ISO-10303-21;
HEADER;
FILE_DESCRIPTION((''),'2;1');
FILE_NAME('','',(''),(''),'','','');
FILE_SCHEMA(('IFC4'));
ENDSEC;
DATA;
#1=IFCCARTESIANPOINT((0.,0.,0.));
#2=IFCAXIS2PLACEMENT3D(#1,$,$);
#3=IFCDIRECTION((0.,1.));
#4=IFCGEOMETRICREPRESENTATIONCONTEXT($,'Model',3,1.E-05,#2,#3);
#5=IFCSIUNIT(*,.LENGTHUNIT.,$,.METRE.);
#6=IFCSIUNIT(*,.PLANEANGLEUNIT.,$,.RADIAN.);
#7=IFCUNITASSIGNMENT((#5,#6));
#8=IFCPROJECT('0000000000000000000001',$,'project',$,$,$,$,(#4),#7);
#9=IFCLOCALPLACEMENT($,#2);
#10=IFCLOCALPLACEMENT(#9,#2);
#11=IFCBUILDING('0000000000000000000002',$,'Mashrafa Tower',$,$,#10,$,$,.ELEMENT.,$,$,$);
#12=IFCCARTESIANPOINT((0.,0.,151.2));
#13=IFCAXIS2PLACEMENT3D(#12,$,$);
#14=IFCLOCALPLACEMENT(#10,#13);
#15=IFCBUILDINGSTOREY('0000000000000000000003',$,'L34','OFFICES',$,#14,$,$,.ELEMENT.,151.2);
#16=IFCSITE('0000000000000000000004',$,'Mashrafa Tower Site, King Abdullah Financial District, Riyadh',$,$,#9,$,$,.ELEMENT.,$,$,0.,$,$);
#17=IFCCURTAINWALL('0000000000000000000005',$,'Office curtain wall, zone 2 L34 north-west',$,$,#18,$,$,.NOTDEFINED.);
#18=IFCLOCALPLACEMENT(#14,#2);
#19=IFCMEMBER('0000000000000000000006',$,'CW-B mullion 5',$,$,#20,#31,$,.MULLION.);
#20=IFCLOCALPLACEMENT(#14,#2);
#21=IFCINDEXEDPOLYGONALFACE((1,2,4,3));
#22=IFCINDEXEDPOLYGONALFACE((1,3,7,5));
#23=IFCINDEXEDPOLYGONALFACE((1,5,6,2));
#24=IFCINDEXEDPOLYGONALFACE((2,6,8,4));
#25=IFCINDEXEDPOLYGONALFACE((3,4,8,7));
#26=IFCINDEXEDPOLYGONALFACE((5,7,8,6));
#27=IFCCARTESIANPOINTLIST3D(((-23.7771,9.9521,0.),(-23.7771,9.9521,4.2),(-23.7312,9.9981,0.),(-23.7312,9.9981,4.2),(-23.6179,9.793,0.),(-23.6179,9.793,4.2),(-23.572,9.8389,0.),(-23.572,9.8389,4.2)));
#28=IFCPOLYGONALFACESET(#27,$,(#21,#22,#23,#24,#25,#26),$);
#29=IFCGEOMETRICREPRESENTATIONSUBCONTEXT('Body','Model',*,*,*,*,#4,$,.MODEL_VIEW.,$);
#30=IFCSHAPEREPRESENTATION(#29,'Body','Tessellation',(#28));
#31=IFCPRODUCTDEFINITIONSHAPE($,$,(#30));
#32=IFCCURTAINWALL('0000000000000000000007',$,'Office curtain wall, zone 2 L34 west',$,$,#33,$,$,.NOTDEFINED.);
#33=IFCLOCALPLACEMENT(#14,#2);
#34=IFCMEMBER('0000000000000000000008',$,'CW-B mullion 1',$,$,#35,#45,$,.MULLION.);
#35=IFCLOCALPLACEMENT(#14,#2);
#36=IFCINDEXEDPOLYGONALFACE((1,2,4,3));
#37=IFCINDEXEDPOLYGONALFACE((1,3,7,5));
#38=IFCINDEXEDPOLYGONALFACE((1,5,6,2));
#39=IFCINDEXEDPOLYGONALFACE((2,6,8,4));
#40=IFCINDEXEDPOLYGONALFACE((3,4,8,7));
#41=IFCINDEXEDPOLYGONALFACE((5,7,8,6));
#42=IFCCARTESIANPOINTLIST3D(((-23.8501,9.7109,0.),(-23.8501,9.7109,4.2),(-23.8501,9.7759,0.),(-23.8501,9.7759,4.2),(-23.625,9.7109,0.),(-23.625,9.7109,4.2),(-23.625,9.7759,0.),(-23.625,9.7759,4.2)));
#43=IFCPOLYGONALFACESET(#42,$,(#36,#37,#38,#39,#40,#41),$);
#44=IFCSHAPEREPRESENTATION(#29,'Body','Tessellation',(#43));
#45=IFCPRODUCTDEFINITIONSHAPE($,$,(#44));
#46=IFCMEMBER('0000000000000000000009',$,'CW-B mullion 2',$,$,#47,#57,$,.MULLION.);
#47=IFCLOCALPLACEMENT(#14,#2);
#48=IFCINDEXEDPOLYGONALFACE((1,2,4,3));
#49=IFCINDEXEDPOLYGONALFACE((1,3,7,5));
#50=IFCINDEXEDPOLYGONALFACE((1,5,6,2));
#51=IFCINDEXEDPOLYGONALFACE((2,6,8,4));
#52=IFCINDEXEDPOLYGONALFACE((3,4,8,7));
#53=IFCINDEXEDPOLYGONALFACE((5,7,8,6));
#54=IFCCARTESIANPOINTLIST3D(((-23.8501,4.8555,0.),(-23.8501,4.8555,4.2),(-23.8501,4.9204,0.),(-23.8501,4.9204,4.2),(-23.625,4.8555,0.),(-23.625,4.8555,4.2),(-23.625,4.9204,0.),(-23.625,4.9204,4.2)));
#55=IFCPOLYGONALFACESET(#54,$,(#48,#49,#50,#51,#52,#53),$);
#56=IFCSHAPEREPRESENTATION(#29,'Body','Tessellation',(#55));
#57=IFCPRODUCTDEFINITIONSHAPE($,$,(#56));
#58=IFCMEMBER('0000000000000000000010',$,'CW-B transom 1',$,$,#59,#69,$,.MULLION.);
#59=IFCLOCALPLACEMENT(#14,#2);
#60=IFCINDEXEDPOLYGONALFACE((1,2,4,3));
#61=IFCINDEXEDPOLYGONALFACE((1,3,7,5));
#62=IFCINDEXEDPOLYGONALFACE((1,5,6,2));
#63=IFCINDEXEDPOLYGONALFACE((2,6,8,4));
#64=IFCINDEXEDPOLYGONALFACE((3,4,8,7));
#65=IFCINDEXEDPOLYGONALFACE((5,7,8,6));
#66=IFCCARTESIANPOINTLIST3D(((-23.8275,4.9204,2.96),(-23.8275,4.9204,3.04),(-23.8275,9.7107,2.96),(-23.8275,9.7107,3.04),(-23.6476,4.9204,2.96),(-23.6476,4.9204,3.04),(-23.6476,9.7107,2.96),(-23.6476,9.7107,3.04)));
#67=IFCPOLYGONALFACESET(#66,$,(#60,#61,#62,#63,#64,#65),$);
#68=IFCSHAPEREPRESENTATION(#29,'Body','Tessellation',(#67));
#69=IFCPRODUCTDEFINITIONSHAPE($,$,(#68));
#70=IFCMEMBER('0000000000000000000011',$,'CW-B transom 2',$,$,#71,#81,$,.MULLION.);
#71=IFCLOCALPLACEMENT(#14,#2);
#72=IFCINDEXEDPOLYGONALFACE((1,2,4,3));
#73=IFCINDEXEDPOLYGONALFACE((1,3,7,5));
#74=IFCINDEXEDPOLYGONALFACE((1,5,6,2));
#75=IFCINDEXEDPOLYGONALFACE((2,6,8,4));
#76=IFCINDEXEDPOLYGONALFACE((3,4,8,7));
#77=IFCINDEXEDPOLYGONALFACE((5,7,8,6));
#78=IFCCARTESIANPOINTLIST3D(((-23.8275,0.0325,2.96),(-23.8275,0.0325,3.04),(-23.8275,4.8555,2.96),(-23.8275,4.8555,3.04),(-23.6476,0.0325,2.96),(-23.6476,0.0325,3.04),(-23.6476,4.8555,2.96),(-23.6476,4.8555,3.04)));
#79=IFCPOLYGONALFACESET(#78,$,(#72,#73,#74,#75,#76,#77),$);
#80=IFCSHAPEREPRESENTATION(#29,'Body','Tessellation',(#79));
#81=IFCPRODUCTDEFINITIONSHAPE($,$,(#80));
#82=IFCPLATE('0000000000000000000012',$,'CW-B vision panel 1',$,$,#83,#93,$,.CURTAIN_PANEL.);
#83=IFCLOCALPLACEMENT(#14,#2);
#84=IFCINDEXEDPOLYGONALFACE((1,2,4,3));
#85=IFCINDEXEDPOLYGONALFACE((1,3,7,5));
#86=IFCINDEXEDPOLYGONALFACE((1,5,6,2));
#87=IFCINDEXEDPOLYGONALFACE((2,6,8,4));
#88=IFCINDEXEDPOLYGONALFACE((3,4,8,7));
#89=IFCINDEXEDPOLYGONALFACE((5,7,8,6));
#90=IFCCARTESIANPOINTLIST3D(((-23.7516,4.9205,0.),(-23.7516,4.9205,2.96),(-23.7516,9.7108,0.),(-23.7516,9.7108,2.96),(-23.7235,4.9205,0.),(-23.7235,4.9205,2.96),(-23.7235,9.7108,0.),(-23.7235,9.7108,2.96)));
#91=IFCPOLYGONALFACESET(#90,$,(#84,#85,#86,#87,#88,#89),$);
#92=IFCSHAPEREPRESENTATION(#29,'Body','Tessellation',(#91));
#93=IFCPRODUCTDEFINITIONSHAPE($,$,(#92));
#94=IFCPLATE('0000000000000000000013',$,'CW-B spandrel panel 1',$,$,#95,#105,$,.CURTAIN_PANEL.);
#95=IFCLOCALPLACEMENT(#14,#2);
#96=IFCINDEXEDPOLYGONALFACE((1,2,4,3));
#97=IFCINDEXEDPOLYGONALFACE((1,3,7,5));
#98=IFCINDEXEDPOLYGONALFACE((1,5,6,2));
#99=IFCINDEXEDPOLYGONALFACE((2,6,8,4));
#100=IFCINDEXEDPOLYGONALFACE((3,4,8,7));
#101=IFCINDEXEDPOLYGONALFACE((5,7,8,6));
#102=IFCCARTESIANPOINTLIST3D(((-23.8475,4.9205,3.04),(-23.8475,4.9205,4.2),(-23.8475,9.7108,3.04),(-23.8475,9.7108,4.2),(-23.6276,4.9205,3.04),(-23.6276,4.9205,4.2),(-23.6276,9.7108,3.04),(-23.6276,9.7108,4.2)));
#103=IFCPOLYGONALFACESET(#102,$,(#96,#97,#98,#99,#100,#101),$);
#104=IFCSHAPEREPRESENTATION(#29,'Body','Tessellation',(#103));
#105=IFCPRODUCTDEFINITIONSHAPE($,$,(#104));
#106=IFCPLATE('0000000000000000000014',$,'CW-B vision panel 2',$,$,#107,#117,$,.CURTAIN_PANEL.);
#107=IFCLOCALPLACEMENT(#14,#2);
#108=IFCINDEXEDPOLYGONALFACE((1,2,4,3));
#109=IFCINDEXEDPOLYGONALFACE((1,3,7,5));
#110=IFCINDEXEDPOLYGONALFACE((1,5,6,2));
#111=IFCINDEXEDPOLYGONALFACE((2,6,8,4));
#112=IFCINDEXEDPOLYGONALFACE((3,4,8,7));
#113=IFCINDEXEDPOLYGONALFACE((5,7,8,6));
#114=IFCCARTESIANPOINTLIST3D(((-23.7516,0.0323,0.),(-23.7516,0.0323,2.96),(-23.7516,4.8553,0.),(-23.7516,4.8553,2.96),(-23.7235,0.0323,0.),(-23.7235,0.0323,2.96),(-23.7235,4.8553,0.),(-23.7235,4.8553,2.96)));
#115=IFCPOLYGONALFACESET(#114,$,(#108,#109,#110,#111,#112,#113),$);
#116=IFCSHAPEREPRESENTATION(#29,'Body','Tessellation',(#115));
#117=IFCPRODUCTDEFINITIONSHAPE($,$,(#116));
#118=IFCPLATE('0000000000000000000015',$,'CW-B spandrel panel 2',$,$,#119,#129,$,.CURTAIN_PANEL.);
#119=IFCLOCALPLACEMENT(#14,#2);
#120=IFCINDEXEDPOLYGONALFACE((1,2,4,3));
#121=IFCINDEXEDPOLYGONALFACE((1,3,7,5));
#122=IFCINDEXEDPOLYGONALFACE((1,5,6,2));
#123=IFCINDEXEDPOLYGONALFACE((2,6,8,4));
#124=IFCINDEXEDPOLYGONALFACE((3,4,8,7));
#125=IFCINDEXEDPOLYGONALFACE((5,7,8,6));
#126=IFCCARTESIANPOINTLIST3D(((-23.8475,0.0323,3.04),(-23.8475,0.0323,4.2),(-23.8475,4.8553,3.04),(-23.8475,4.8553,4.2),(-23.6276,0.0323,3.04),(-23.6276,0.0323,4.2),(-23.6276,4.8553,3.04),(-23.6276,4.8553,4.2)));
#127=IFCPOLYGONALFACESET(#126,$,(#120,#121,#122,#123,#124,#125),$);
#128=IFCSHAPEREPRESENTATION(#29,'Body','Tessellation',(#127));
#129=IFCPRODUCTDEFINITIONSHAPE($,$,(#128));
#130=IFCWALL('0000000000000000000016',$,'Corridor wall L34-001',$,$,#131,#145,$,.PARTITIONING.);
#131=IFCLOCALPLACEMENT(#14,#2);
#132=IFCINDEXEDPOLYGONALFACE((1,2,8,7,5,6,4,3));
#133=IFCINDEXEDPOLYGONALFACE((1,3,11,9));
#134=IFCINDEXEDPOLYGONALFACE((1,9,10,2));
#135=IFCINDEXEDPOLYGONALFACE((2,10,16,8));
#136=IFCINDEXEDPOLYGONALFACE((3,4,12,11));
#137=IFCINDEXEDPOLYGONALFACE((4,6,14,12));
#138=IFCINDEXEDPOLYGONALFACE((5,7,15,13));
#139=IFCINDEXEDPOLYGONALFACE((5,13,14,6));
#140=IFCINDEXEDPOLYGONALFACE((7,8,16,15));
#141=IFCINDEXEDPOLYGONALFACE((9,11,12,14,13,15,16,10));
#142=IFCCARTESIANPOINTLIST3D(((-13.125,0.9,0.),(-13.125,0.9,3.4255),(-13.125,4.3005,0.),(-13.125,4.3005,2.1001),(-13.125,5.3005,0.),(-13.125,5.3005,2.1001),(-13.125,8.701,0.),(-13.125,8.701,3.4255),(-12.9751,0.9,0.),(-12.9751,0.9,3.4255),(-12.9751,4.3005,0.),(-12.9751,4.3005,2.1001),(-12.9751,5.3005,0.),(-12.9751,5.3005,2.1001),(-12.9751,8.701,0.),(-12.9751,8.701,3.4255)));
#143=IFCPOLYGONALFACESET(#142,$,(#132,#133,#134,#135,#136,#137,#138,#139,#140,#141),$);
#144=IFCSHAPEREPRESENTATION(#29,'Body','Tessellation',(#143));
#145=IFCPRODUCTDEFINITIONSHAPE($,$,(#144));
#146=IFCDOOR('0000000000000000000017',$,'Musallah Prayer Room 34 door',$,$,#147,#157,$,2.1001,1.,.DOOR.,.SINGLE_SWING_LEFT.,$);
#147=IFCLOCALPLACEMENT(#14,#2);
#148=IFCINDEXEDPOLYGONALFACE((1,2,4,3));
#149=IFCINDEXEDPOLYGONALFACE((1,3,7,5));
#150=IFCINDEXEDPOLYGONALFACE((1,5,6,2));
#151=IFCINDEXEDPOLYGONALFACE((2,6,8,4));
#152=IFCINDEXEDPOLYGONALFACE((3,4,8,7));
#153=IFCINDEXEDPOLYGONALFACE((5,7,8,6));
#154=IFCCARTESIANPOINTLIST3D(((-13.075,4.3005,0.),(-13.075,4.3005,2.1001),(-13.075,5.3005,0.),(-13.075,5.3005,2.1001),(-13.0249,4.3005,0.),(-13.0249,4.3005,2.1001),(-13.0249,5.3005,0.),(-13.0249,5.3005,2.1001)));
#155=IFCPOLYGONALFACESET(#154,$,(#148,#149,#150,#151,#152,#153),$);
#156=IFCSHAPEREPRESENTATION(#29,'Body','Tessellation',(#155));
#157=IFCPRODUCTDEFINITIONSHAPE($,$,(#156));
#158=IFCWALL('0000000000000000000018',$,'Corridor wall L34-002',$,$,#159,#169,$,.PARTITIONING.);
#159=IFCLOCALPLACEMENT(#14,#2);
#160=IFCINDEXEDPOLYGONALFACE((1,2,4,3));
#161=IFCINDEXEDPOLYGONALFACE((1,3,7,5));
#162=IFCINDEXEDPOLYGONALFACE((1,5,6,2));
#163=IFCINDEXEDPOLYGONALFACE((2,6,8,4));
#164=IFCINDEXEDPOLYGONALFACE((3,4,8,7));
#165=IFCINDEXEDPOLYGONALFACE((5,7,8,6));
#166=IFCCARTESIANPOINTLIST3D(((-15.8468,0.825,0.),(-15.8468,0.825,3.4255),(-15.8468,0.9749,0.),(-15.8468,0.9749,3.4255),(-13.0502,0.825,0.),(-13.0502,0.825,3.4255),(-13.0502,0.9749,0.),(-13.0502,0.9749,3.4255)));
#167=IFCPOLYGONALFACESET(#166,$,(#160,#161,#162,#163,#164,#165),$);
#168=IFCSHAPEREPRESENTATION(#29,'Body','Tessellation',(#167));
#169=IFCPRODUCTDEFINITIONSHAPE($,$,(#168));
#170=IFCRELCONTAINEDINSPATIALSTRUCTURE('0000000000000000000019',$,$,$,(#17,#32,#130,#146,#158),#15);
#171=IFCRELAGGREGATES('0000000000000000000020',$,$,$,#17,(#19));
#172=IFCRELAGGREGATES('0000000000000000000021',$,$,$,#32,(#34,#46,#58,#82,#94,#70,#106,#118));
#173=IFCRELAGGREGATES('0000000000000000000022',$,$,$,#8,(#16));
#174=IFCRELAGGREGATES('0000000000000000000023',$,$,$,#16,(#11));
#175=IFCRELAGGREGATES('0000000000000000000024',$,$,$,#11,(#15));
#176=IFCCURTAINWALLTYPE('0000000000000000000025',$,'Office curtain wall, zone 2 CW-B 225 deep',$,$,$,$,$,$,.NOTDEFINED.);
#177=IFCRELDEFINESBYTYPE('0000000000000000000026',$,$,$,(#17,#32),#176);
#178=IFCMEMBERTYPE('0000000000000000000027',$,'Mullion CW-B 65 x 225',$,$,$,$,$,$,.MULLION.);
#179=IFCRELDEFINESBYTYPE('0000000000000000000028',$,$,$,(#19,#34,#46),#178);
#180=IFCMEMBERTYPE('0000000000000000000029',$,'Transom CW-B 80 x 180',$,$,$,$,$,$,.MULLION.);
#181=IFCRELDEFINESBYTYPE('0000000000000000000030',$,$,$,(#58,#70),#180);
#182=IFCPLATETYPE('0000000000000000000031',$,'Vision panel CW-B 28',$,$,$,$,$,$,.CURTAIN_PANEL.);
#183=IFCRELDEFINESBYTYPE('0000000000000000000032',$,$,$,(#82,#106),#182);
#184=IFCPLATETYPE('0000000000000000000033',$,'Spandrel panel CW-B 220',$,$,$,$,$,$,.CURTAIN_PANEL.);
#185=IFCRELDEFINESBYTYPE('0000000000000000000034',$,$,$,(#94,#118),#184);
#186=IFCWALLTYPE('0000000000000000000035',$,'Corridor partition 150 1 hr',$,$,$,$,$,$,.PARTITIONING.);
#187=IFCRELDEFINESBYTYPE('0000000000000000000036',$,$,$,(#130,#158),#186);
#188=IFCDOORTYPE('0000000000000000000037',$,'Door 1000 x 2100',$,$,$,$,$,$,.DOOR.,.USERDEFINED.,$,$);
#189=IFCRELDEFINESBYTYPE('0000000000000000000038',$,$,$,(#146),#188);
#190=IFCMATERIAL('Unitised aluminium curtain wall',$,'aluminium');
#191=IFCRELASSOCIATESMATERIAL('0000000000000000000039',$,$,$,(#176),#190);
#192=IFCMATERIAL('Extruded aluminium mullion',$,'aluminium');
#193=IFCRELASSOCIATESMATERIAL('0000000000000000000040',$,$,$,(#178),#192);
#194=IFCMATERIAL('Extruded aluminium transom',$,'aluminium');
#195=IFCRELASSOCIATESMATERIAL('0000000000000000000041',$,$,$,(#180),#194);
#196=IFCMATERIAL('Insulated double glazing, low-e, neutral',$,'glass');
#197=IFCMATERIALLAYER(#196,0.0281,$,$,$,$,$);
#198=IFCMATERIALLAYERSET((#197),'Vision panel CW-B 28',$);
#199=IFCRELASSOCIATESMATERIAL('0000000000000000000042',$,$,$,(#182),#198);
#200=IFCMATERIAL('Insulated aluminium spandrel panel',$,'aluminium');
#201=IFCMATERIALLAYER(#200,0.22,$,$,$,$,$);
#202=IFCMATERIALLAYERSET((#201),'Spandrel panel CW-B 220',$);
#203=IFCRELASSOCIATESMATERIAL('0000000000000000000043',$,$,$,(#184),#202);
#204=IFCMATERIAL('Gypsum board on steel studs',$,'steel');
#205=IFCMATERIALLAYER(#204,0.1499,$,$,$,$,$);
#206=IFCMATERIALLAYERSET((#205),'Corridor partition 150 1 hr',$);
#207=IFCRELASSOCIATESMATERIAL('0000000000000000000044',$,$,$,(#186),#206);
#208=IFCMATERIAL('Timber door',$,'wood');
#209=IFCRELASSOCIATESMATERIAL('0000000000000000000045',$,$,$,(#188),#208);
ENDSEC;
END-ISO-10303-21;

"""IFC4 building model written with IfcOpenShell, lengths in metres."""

from ifc_helpers import new_model, si_unit, direction, frame, frame_2d, origin, origin_2d, place, context, subcontext, project, spatial, rectangle, extrude, source, transform, mapped, material, layer, layer_set, material_profile, profile_set, type_object, type_shapes, element, fill, aggregate, save


model = new_model("IFC4")

# Units and contexts
model_context = context("Model", 3, precision=1e-05, world=origin(), true_north=direction((0.0, 1.0)))
body_context = subcontext(model_context, "Body", "Model", "MODEL_VIEW")
ifc_project = project(units=[si_unit("LENGTHUNIT", "METRE"), si_unit("PLANEANGLEUNIT", "RADIAN")], contexts=[model_context])

# Site, building, storey
site_placement = place(None, origin())
site = spatial("IfcSite", under=ifc_project, at=site_placement, Name="Mashrafa Tower Site, King Abdullah Financial District, Riyadh", CompositionType="ELEMENT", RefElevation=0.0)
building_placement = place(site_placement, origin())
building = spatial("IfcBuilding", under=site, at=building_placement, Name="Mashrafa Tower", CompositionType="ELEMENT")
storey_placement = place(building_placement, frame((0.0, 0.0, 151.2)))
storey = spatial("IfcBuildingStorey", under=building, at=storey_placement, Name="L34", Description="OFFICES", CompositionType="ELEMENT", Elevation=151.2)

# Curtain wall, member
ifc_material_1 = material(Name="Unitised aluminium curtain wall", Category="aluminium")
curtain_wall_type = type_object("IfcCurtainWallType", Name="Office curtain wall, zone 2 CW-B 225 deep", PredefinedType="NOTDEFINED", material=ifc_material_1)
curtain_wall_1_placement = place(storey_placement, origin())
curtain_wall_1 = element("IfcCurtainWall", 1, at=curtain_wall_1_placement, inside=storey, type_object=curtain_wall_type, Name="Office curtain wall, zone 2 L34 north-west", PredefinedType="NOTDEFINED")
ifc_material_2 = material(Name="Extruded aluminium mullion", Category="aluminium")
ifc_material_profile_1 = material_profile(ifc_material_2, rectangle(XDim=0.2251, YDim=0.0649, at=origin_2d()), Name="Mullion 65x225")
ifc_profile_set_1 = profile_set([ifc_material_profile_1], Name="Extruded aluminium mullion")
member_type_1 = type_object("IfcMemberType", Name="Mullion CW-B 65 x 225", PredefinedType="MULLION", material=ifc_profile_set_1)
shared_shape_1 = source(origin(), body_context, "Body", "SweptSolid", [
    extrude(rectangle(XDim=0.2251, YDim=0.0649, at=origin_2d()), origin(), (0.0, 0.0, 1.0), 4.2),
])
type_shapes(member_type_1, [shared_shape_1])
member_1_placement = place(storey_placement, frame((-23.6746, 9.8955, 0.0), z_axis=(0.0, 0.0, 1.0), x_axis=(0.707107, -0.707107, 0.0)))
member_1 = element("IfcMember", 2, at=member_1_placement, type_object=member_type_1, Name="CW-B mullion 5", PredefinedType="MULLION", context=body_context, shape_type="MappedRepresentation", body=[
    mapped(shared_shape_1, transform((0.0, 0.0, 0.0))),
])
aggregate(curtain_wall_1, [member_1])

# Curtain wall, members, plates
curtain_wall_2_placement = place(storey_placement, origin())
curtain_wall_2 = element("IfcCurtainWall", 3, at=curtain_wall_2_placement, inside=storey, type_object=curtain_wall_type, Name="Office curtain wall, zone 2 L34 west", PredefinedType="NOTDEFINED")
member_2_placement = place(storey_placement, frame((-23.7375, 9.7434, 0.0), z_axis=(0.0, 0.0, 1.0), x_axis=(1.0, 0.0, 0.0)))
member_2 = element("IfcMember", 4, at=member_2_placement, type_object=member_type_1, Name="CW-B mullion 1", PredefinedType="MULLION", context=body_context, shape_type="MappedRepresentation", body=[
    mapped(shared_shape_1, transform((0.0, 0.0, 0.0))),
])
member_3_placement = place(storey_placement, frame((-23.7375, 4.8879, 0.0), z_axis=(0.0, 0.0, 1.0), x_axis=(1.0, 0.0, 0.0)))
member_3 = element("IfcMember", 5, at=member_3_placement, type_object=member_type_1, Name="CW-B mullion 2", PredefinedType="MULLION", context=body_context, shape_type="MappedRepresentation", body=[
    mapped(shared_shape_1, transform((0.0, 0.0, 0.0))),
])
ifc_material_3 = material(Name="Extruded aluminium transom", Category="aluminium")
ifc_material_profile_2 = material_profile(ifc_material_3, rectangle(XDim=0.1799, YDim=0.0801, at=origin_2d()), Name="Transom 80x180")
ifc_profile_set_2 = profile_set([ifc_material_profile_2], Name="Extruded aluminium transom")
member_type_2 = type_object("IfcMemberType", Name="Transom CW-B 80 x 180", PredefinedType="MULLION", material=ifc_profile_set_2)
shared_shape_2 = source(origin(), body_context, "Body", "SweptSolid", [
    extrude(rectangle(XDim=0.1799, YDim=0.0801, at=origin_2d()), origin(), (0.0, 0.0, 1.0), 4.7903),
])
member_4_placement = place(storey_placement, frame((-23.7375, 9.7107, 3.0), z_axis=(0.0, -1.0, 0.0), x_axis=(1.0, 0.0, 0.0)))
member_4 = element("IfcMember", 6, at=member_4_placement, type_object=member_type_2, Name="CW-B transom 1", PredefinedType="MULLION", context=body_context, shape_type="MappedRepresentation", body=[
    mapped(shared_shape_2, transform((0.0, 0.0, 0.0))),
])
shared_shape_3 = source(origin(), body_context, "Body", "SweptSolid", [
    extrude(rectangle(XDim=0.1799, YDim=0.0801, at=origin_2d()), origin(), (0.0, 0.0, 1.0), 4.823),
])
type_shapes(member_type_2, [shared_shape_2, shared_shape_3])
member_5_placement = place(storey_placement, frame((-23.7375, 4.8555, 3.0), z_axis=(0.0, -1.0, 0.0), x_axis=(1.0, 0.0, 0.0)))
member_5 = element("IfcMember", 7, at=member_5_placement, type_object=member_type_2, Name="CW-B transom 2", PredefinedType="MULLION", context=body_context, shape_type="MappedRepresentation", body=[
    mapped(shared_shape_3, transform((0.0, 0.0, 0.0))),
])
ifc_material_4 = material(Name="Insulated double glazing, low-e, neutral", Category="glass")
ifc_layer_1 = layer(ifc_material_4, 0.0281)
ifc_layer_set_1 = layer_set([ifc_layer_1], Name="Vision panel CW-B 28")
plate_type_1 = type_object("IfcPlateType", Name="Vision panel CW-B 28", PredefinedType="CURTAIN_PANEL", material=ifc_layer_set_1)
shared_shape_4 = source(origin(), body_context, "Body", "SweptSolid", [
    extrude(rectangle(XDim=4.7903, YDim=0.0281, at=origin_2d()), origin(), (0.0, 0.0, 1.0), 2.96),
])
plate_1_placement = place(storey_placement, frame((-23.7375, 7.3157, 0.0), z_axis=(0.0, 0.0, 1.0), x_axis=(0.0, -1.0, 0.0)))
plate_1 = element("IfcPlate", 8, at=plate_1_placement, type_object=plate_type_1, Name="CW-B vision panel 1", PredefinedType="CURTAIN_PANEL", context=body_context, shape_type="MappedRepresentation", body=[
    mapped(shared_shape_4, transform((0.0, 0.0, 0.0))),
])
ifc_material_5 = material(Name="Insulated aluminium spandrel panel", Category="aluminium")
ifc_layer_2 = layer(ifc_material_5, 0.22)
ifc_layer_set_2 = layer_set([ifc_layer_2], Name="Spandrel panel CW-B 220")
plate_type_2 = type_object("IfcPlateType", Name="Spandrel panel CW-B 220", PredefinedType="CURTAIN_PANEL", material=ifc_layer_set_2)
shared_shape_5 = source(origin(), body_context, "Body", "SweptSolid", [
    extrude(rectangle(XDim=4.7903, YDim=0.22, at=origin_2d()), origin(), (0.0, 0.0, 1.0), 1.1599),
])
plate_2_placement = place(storey_placement, frame((-23.7375, 7.3157, 3.04), z_axis=(0.0, 0.0, 1.0), x_axis=(0.0, -1.0, 0.0)))
plate_2 = element("IfcPlate", 9, at=plate_2_placement, type_object=plate_type_2, Name="CW-B spandrel panel 1", PredefinedType="CURTAIN_PANEL", context=body_context, shape_type="MappedRepresentation", body=[
    mapped(shared_shape_5, transform((0.0, 0.0, 0.0))),
])
shared_shape_6 = source(origin(), body_context, "Body", "SweptSolid", [
    extrude(rectangle(XDim=4.823, YDim=0.0281, at=origin_2d()), origin(), (0.0, 0.0, 1.0), 2.96),
])
type_shapes(plate_type_1, [shared_shape_4, shared_shape_6])
plate_3_placement = place(storey_placement, frame((-23.7375, 2.4438, 0.0), z_axis=(0.0, 0.0, 1.0), x_axis=(0.0, -1.0, 0.0)))
plate_3 = element("IfcPlate", 10, at=plate_3_placement, type_object=plate_type_1, Name="CW-B vision panel 2", PredefinedType="CURTAIN_PANEL", context=body_context, shape_type="MappedRepresentation", body=[
    mapped(shared_shape_6, transform((0.0, 0.0, 0.0))),
])
shared_shape_7 = source(origin(), body_context, "Body", "SweptSolid", [
    extrude(rectangle(XDim=4.823, YDim=0.22, at=origin_2d()), origin(), (0.0, 0.0, 1.0), 1.1599),
])
type_shapes(plate_type_2, [shared_shape_5, shared_shape_7])
plate_4_placement = place(storey_placement, frame((-23.7375, 2.4438, 3.04), z_axis=(0.0, 0.0, 1.0), x_axis=(0.0, -1.0, 0.0)))
plate_4 = element("IfcPlate", 11, at=plate_4_placement, type_object=plate_type_2, Name="CW-B spandrel panel 2", PredefinedType="CURTAIN_PANEL", context=body_context, shape_type="MappedRepresentation", body=[
    mapped(shared_shape_7, transform((0.0, 0.0, 0.0))),
])
aggregate(curtain_wall_2, [member_2, member_3, member_4, plate_1, plate_2, member_5, plate_3, plate_4])

# Wall, opening, door
ifc_material_6 = material(Name="Gypsum board on steel studs", Category="steel")
ifc_layer_3 = layer(ifc_material_6, 0.1499)
ifc_layer_set_3 = layer_set([ifc_layer_3], Name="Corridor partition 150 1 hr")
wall_type_1 = type_object("IfcWallType", Name="Corridor partition 150 1 hr", PredefinedType="PARTITIONING", material=ifc_layer_set_3)
wall_1_placement = place(storey_placement, frame((-13.05, 8.7009, 0.0), z_axis=(0.0, 0.0, 1.0), x_axis=(0.0, -1.0, 0.0)))
wall_1 = element("IfcWall", 12, at=wall_1_placement, inside=storey, type_object=wall_type_1, Name="Corridor wall L34-001", PredefinedType="PARTITIONING", context=body_context, shape_type="SweptSolid", body=[
    extrude(rectangle(XDim=7.801, YDim=0.1499, at=frame_2d((3.9004, 0.0))), origin(), (0.0, 0.0, 1.0), 3.4255),
])
opening_1_placement = place(wall_1_placement, frame((3.4004, 0.0, 0.0)))
opening_1 = element("IfcOpeningElement", 13, at=opening_1_placement, cuts=wall_1, PredefinedType="OPENING", context=body_context, shape_type="SweptSolid", body=[
    extrude(rectangle(XDim=1.0, YDim=2.1001, at=frame_2d((0.5, 1.05))), frame((0.0, 0.085, 0.0), z_axis=(0.0, -1.0, 0.0), x_axis=(1.0, 0.0, 0.0)), (0.0, 0.0, 1.0), 0.1699),
])
ifc_material_7 = material(Name="Timber door", Category="wood")
door_type_1 = type_object("IfcDoorType", Name="Door 1000 x 2100", OperationType="USERDEFINED", PredefinedType="DOOR", material=ifc_material_7)
door_1_placement = place(opening_1_placement, frame((1.0, 0.0, 0.0), z_axis=(0.0, 0.0, 1.0), x_axis=(-1.0, 0.0, 0.0)))
door_1 = element("IfcDoor", 14, at=door_1_placement, inside=storey, type_object=door_type_1, Name="Musallah Prayer Room 34 door", OperationType="SINGLE_SWING_LEFT", OverallHeight=2.1001, OverallWidth=1.0, PredefinedType="DOOR", context=body_context, shape_type="SweptSolid", body=[
    extrude(rectangle(XDim=1.0, YDim=2.1001, at=frame_2d((0.5, 1.05))), frame((0.0, 0.0249, 0.0), z_axis=(0.0, -1.0, 0.0), x_axis=(1.0, 0.0, 0.0)), (0.0, 0.0, 1.0), 0.05),
])
fill(opening_1, door_1)

# Wall
wall_2_placement = place(storey_placement, frame((-13.05, 0.8999, 0.0), z_axis=(0.0, 0.0, 1.0), x_axis=(-1.0, 0.0, 0.0)))
element("IfcWall", 15, at=wall_2_placement, inside=storey, type_object=wall_type_1, Name="Corridor wall L34-002", PredefinedType="PARTITIONING", context=body_context, shape_type="SweptSolid", body=[
    extrude(rectangle(XDim=2.7966, YDim=0.1499, at=frame_2d((1.3984, 0.0))), origin(), (0.0, 0.0, 1.0), 3.4255),
])

save(model, "model.ifc")
